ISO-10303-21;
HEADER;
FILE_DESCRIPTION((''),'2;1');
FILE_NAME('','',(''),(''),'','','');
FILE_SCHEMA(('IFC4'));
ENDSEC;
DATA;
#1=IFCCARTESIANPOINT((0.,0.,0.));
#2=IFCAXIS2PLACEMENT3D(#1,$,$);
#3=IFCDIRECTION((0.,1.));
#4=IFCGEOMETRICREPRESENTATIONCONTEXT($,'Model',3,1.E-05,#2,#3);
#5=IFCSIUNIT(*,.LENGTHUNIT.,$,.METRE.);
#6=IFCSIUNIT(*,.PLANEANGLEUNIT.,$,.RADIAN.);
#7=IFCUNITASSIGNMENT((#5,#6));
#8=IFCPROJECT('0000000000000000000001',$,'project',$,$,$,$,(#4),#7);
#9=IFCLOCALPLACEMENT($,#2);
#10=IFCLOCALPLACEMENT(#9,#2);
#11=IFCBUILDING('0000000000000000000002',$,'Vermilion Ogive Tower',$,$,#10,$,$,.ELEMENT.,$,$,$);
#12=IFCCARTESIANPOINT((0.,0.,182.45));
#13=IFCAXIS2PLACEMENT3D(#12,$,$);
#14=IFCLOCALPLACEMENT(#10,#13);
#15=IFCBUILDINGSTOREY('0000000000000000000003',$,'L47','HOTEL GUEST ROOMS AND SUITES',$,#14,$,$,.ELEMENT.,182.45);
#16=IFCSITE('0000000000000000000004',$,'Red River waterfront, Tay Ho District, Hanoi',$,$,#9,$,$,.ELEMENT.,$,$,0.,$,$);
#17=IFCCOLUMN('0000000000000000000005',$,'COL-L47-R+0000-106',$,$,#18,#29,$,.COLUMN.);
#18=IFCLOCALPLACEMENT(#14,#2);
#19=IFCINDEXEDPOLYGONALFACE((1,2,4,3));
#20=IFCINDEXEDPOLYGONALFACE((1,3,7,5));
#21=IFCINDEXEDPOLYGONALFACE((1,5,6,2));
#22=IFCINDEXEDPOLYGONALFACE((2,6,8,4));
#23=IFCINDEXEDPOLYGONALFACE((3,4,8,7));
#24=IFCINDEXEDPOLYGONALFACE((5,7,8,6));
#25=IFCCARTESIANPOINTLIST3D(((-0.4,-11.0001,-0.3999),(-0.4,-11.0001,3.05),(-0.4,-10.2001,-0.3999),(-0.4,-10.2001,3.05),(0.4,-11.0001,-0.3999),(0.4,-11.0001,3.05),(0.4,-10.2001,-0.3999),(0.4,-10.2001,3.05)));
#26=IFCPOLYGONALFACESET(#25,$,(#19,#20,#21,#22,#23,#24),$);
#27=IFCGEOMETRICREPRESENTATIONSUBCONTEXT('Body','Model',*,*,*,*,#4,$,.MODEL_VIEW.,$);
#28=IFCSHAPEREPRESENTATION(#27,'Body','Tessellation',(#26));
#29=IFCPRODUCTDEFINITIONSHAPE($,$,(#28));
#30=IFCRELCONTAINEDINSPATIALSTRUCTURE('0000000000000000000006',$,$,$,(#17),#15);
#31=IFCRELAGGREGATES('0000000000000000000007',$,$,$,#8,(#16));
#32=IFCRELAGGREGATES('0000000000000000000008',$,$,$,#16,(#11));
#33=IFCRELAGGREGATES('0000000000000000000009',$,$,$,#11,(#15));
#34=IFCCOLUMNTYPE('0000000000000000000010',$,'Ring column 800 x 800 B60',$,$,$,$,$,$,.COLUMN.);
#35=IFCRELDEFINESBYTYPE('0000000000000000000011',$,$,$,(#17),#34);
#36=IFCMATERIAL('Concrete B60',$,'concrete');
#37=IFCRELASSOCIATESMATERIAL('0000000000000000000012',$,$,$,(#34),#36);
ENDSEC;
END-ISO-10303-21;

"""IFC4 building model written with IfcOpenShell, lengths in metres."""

from ifc_helpers import new_model, si_unit, direction, frame, origin, origin_2d, place, context, subcontext, project, spatial, rectangle, extrude, material, material_profile, profile_set, type_object, element, save


model = new_model("IFC4")

# Units and contexts
model_context = context("Model", 3, precision=1e-05, world=origin(), true_north=direction((0.0, 1.0)))
body_context = subcontext(model_context, "Body", "Model", "MODEL_VIEW")
ifc_project = project(units=[si_unit("LENGTHUNIT", "METRE"), si_unit("PLANEANGLEUNIT", "RADIAN")], contexts=[model_context])

# Site, building, storey
site_placement = place(None, origin())
site = spatial("IfcSite", under=ifc_project, at=site_placement, Name="Red River waterfront, Tay Ho District, Hanoi", CompositionType="ELEMENT", RefElevation=0.0)
building_placement = place(site_placement, origin())
building = spatial("IfcBuilding", under=site, at=building_placement, Name="Vermilion Ogive Tower", CompositionType="ELEMENT")
storey_placement = place(building_placement, frame((0.0, 0.0, 182.45)))
storey = spatial("IfcBuildingStorey", under=building, at=storey_placement, Name="L47", Description="HOTEL GUEST ROOMS AND SUITES", CompositionType="ELEMENT", Elevation=182.45)

# Column
ifc_material_1 = material(Name="Concrete B60", Category="concrete")
ifc_material_profile = material_profile(ifc_material_1, rectangle(XDim=0.8, YDim=0.8, at=origin_2d()), Name="800 x 800")
ifc_profile_set = profile_set([ifc_material_profile], Name="Concrete B60")
column_type = type_object("IfcColumnType", Name="Ring column 800 x 800 B60", PredefinedType="COLUMN", material=ifc_profile_set)
column_placement = place(storey_placement, frame((0.0, -10.6001, -0.3999), z_axis=(0.0, 0.0, 1.0), x_axis=(1.0, 0.0, 0.0)))
element("IfcColumn", 1, at=column_placement, inside=storey, type_object=column_type, Name="COL-L47-R+0000-106", PredefinedType="COLUMN", context=body_context, shape_type="SweptSolid", body=[
    extrude(rectangle(XDim=0.8, YDim=0.8, at=origin_2d()), origin(), (0.0, 0.0, 1.0), 3.45),
])

save(model, "model.ifc")
